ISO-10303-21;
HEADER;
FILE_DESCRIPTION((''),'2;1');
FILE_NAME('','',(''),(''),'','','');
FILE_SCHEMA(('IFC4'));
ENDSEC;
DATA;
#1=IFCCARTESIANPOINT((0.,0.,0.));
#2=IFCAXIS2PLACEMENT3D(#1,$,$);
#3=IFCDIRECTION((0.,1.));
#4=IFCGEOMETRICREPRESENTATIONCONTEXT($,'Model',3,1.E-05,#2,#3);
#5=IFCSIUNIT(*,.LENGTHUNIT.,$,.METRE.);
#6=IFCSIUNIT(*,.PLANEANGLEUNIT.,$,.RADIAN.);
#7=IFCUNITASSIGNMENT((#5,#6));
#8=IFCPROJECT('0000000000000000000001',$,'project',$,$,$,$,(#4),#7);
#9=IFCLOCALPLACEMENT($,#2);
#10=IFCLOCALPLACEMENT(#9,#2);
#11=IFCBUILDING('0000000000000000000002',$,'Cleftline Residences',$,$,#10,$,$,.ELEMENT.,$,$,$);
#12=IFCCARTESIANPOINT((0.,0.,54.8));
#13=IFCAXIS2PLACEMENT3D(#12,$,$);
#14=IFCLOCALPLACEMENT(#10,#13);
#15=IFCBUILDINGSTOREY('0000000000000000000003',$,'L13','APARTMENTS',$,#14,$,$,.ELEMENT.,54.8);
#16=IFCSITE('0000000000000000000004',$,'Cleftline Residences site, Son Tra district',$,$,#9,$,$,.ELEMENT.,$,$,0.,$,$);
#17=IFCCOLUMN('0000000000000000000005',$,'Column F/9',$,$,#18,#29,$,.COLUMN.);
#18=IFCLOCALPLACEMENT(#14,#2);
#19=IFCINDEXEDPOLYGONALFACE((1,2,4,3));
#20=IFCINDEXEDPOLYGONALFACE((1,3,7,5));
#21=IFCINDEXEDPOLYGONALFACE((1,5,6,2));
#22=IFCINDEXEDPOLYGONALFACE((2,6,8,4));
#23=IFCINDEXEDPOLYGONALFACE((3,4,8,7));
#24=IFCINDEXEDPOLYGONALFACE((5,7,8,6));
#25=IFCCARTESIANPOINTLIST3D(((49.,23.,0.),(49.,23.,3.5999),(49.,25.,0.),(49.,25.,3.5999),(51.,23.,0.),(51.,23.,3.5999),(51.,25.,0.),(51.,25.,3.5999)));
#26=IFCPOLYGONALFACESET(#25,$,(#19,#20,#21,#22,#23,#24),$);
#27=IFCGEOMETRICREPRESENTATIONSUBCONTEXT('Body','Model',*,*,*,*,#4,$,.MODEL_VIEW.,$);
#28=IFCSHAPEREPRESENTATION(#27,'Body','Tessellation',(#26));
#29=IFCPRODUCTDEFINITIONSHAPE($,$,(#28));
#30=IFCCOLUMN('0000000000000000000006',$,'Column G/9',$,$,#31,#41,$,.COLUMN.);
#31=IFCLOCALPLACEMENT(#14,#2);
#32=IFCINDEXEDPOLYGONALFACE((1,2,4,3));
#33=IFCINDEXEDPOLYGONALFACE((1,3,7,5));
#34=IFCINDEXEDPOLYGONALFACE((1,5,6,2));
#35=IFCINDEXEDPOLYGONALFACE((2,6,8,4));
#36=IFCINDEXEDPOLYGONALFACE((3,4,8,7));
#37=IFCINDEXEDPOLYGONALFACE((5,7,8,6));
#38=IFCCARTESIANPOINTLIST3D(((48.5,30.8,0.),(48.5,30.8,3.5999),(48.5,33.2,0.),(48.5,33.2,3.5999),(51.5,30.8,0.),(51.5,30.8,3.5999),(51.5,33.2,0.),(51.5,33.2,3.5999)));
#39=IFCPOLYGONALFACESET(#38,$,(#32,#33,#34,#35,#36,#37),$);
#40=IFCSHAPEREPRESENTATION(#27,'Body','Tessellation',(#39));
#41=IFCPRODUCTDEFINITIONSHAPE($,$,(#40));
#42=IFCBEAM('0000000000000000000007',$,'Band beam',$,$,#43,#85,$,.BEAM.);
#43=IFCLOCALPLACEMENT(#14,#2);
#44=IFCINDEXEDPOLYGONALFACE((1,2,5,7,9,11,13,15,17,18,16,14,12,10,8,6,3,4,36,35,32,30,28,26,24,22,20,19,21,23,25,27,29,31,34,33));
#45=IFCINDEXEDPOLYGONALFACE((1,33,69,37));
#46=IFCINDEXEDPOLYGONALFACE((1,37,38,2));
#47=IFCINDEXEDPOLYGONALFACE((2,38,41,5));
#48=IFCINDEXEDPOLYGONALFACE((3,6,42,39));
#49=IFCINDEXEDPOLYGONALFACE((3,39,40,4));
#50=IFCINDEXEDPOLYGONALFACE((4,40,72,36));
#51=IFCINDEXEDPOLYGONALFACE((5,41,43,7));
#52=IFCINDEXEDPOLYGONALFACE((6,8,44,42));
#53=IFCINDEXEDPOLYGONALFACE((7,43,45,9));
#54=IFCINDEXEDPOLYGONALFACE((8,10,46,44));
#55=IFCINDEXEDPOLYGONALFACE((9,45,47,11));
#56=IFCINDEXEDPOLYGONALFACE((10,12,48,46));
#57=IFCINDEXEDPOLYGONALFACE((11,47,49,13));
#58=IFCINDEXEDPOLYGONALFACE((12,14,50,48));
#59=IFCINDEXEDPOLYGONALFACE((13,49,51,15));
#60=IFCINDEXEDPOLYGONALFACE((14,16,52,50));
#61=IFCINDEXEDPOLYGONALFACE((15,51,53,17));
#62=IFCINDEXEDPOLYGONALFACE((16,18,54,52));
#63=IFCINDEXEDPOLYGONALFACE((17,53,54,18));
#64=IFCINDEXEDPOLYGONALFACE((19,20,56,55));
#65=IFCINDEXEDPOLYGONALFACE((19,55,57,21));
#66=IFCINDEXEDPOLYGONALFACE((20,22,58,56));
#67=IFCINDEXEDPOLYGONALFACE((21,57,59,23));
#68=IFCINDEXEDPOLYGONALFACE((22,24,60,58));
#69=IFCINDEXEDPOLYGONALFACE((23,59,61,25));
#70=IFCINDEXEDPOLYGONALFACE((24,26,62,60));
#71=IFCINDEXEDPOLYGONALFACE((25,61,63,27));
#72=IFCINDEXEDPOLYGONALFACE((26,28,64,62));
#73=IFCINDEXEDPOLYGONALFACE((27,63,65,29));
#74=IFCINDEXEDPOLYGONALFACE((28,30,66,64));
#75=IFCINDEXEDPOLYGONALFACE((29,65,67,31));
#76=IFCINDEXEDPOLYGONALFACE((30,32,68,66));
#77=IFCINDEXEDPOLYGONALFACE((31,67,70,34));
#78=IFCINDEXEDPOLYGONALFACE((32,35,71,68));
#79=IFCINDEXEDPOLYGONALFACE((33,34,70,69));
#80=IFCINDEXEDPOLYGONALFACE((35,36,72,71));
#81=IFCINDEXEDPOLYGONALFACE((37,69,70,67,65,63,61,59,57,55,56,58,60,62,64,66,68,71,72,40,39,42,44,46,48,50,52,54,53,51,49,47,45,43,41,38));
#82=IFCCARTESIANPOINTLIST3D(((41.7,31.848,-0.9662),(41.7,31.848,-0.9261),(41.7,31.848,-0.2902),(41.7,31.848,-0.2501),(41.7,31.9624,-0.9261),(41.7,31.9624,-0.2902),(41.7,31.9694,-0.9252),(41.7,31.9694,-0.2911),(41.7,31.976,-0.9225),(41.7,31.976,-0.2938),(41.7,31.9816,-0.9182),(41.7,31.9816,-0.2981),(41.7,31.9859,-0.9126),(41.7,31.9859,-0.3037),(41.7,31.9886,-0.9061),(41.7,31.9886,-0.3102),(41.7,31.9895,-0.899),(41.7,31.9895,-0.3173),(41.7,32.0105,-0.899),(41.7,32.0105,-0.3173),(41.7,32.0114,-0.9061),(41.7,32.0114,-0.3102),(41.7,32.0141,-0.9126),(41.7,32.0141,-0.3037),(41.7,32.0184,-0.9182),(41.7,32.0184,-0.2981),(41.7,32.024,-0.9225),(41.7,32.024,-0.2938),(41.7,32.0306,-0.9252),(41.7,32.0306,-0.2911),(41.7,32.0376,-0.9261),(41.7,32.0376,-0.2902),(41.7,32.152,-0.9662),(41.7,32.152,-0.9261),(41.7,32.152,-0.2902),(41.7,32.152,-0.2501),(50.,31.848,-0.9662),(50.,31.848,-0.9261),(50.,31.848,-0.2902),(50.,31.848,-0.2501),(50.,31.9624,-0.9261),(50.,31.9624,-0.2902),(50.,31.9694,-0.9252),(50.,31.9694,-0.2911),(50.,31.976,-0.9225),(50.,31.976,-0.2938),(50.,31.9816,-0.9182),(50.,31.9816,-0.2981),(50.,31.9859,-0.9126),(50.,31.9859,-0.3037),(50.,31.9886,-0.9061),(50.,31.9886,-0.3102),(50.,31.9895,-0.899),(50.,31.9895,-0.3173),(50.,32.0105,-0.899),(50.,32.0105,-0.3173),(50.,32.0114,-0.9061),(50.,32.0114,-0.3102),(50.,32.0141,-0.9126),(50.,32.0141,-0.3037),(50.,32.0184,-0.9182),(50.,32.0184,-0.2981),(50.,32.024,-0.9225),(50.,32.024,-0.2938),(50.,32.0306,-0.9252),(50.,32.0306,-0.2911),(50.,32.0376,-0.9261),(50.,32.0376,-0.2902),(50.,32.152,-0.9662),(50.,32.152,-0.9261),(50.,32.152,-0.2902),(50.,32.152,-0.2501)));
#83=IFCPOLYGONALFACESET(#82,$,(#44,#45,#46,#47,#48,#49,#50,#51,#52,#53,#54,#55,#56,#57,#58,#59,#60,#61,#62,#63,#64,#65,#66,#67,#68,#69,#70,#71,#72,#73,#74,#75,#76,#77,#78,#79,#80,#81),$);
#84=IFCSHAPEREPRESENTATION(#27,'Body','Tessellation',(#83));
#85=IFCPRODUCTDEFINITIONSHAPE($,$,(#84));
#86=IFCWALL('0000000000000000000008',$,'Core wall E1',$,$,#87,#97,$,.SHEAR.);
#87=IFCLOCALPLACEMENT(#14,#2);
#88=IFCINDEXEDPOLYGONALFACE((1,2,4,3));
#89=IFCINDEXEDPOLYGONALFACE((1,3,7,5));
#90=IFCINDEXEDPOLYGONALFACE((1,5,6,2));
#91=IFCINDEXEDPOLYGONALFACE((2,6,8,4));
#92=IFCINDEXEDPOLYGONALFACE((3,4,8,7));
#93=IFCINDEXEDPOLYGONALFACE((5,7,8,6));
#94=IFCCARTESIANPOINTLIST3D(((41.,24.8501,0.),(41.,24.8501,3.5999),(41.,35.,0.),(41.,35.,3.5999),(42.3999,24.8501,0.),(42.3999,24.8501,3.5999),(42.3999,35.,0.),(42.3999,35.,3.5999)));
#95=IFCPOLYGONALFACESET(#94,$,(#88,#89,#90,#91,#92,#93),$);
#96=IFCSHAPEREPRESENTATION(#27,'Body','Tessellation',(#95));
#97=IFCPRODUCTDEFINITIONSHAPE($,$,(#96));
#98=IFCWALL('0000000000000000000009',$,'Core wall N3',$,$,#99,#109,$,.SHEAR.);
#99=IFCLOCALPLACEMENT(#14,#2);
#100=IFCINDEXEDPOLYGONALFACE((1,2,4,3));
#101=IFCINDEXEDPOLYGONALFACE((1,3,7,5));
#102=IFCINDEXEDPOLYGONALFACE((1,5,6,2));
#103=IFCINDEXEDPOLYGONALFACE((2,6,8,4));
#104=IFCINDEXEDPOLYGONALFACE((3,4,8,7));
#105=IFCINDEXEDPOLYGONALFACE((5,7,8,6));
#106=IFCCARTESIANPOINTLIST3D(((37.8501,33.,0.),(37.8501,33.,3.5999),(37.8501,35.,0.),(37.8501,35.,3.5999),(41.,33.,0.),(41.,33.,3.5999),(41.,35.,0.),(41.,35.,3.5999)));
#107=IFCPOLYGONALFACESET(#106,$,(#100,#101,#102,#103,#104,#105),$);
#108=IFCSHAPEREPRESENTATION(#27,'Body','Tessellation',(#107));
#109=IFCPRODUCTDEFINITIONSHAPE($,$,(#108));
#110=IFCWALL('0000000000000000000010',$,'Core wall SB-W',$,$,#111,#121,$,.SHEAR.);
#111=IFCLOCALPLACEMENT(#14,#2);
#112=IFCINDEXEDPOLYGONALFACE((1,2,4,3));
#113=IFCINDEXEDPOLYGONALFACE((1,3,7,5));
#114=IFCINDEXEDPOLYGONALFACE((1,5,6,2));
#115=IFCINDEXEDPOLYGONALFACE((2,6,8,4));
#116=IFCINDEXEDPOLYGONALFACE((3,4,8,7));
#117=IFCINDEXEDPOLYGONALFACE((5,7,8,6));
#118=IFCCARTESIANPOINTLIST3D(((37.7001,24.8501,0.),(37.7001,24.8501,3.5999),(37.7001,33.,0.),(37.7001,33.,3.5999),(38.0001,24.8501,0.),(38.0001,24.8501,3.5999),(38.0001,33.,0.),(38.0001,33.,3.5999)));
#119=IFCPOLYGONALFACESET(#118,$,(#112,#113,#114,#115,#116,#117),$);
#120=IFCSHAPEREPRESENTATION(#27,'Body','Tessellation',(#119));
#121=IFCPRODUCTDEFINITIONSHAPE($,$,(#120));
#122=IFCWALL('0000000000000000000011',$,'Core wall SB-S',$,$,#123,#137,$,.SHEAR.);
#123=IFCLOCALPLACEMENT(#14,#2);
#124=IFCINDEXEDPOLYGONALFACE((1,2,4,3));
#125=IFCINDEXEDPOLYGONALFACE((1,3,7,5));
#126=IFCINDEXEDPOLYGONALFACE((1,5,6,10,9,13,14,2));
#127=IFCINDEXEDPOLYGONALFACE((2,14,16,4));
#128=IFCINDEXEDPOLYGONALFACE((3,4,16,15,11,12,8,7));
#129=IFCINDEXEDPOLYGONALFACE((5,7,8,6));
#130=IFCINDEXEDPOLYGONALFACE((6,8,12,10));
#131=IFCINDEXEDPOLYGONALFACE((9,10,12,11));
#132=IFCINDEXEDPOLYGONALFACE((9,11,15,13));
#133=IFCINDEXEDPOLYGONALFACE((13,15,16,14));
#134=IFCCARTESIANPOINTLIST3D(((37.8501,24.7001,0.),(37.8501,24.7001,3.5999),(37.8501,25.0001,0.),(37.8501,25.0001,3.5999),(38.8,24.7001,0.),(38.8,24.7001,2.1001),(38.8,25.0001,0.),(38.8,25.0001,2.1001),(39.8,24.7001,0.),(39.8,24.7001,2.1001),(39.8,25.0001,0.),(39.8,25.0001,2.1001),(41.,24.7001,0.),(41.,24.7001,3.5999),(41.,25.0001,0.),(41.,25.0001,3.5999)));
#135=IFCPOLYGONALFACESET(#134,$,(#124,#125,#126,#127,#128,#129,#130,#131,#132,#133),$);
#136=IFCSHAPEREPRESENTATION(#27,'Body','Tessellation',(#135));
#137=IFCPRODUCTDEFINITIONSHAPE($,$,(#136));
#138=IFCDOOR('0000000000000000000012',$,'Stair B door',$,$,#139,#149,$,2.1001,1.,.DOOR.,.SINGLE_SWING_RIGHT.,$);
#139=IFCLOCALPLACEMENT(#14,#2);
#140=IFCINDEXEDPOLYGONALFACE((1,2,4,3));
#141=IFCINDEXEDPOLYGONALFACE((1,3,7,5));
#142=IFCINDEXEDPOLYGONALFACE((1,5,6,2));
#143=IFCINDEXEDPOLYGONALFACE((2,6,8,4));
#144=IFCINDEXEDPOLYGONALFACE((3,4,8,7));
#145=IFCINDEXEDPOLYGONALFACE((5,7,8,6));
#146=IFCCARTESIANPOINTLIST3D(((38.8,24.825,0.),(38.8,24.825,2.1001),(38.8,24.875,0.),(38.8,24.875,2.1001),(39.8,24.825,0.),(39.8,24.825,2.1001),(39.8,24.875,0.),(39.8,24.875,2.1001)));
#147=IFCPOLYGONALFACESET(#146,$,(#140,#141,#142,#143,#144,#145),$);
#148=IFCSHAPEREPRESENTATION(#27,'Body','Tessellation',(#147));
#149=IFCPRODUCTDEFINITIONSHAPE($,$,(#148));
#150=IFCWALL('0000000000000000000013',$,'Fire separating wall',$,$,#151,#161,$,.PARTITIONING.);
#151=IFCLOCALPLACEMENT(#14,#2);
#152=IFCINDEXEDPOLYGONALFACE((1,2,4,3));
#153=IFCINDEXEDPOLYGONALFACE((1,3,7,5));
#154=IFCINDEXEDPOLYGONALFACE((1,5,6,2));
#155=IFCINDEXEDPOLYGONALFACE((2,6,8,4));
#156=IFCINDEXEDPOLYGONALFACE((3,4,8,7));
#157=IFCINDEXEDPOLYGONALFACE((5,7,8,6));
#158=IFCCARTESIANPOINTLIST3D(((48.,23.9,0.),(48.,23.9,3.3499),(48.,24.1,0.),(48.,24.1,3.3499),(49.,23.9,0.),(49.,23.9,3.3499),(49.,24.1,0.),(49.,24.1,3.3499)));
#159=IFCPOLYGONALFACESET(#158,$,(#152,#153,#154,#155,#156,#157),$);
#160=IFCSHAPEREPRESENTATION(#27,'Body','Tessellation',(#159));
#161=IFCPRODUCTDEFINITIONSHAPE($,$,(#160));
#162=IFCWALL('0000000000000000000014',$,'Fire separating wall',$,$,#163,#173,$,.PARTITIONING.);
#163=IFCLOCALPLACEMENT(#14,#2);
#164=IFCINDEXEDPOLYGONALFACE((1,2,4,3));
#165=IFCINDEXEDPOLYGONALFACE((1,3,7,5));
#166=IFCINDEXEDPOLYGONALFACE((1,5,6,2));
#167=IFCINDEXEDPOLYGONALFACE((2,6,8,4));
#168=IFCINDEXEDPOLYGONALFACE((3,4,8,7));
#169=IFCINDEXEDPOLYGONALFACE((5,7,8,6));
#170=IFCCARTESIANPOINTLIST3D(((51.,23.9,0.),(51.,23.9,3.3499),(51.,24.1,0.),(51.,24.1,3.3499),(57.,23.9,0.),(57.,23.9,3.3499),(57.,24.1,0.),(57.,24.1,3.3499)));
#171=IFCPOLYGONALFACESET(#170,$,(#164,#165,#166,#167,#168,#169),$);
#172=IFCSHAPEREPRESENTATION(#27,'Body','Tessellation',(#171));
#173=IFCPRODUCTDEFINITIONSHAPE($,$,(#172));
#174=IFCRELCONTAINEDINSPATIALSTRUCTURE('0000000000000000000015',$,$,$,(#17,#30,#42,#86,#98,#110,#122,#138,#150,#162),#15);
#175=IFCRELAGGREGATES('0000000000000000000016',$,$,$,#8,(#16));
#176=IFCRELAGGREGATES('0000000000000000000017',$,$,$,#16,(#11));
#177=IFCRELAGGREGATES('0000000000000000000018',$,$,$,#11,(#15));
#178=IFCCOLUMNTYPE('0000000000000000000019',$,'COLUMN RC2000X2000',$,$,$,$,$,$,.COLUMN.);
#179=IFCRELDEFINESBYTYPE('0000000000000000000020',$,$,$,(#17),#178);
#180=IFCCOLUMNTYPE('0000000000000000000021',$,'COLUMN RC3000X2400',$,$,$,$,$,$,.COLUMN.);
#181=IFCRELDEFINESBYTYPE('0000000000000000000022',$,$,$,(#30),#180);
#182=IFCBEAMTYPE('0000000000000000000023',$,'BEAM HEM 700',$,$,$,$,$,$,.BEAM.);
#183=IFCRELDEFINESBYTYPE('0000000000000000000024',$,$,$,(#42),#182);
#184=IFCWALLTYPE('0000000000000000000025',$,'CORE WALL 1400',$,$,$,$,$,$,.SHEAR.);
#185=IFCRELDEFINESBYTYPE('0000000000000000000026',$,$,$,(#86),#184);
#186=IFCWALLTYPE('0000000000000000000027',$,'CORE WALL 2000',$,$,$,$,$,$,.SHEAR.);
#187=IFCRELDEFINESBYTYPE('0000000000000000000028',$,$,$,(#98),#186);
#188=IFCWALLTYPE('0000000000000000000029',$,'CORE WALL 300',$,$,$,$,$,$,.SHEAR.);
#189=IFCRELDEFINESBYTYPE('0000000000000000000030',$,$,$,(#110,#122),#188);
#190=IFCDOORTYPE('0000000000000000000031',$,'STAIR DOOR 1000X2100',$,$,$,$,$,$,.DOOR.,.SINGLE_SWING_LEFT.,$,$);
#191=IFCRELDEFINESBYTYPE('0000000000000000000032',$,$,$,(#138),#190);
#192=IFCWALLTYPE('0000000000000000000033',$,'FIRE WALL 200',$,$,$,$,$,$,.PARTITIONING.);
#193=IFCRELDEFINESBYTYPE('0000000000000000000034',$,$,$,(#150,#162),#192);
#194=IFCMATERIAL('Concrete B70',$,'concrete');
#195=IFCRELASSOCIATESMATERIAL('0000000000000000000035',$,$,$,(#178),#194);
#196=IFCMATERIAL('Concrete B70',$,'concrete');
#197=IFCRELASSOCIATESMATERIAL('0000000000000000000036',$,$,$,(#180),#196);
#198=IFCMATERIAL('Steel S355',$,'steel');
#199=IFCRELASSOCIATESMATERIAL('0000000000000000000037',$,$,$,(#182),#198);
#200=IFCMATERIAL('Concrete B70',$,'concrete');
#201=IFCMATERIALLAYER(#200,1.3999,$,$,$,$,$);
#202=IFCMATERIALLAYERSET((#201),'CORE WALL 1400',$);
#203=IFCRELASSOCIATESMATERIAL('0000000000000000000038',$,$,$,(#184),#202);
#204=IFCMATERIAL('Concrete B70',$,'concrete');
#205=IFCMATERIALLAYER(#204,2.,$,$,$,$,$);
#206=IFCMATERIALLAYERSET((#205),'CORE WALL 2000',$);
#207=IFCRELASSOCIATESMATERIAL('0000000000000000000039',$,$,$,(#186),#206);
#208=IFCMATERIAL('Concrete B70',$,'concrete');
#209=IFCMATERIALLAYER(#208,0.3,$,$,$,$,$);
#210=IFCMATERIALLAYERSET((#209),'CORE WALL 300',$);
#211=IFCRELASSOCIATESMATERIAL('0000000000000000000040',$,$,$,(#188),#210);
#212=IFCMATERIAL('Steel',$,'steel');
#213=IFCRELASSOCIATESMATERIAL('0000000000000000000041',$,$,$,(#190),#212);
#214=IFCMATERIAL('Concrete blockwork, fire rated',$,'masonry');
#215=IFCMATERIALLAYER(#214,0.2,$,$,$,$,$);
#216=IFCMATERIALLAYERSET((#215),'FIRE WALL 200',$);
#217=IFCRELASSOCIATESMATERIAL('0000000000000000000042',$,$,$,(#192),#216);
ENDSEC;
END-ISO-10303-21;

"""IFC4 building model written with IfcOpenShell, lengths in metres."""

from ifc_helpers import new_model, si_unit, direction, frame, frame_2d, origin, origin_2d, place, context, subcontext, project, spatial, rectangle, i_section, extrude, material, layer, layer_set, material_profile, profile_set, type_object, element, fill, save


model = new_model("IFC4")

# Units and contexts
model_context = context("Model", 3, precision=1e-05, world=origin(), true_north=direction((0.0, 1.0)))
body_context = subcontext(model_context, "Body", "Model", "MODEL_VIEW")
ifc_project = project(units=[si_unit("LENGTHUNIT", "METRE"), si_unit("PLANEANGLEUNIT", "RADIAN")], contexts=[model_context])

# Site, building, storey
site_placement = place(None, origin())
site = spatial("IfcSite", under=ifc_project, at=site_placement, Name="Cleftline Residences site, Son Tra district", CompositionType="ELEMENT", RefElevation=0.0)
building_placement = place(site_placement, origin())
building = spatial("IfcBuilding", under=site, at=building_placement, Name="Cleftline Residences", CompositionType="ELEMENT")
storey_placement = place(building_placement, frame((0.0, 0.0, 54.8)))
storey = spatial("IfcBuildingStorey", under=building, at=storey_placement, Name="L13", Description="APARTMENTS", CompositionType="ELEMENT", Elevation=54.8)

# Columns
ifc_material_1 = material(Name="Concrete B70", Category="concrete")
ifc_material_profile_1 = material_profile(ifc_material_1, rectangle(XDim=2.0, YDim=2.0, at=origin_2d()))
ifc_profile_set_1 = profile_set([ifc_material_profile_1], Name="Concrete B70")
column_type_1 = type_object("IfcColumnType", Name="COLUMN RC2000X2000", PredefinedType="COLUMN", material=ifc_profile_set_1)
column_1_placement = place(storey_placement, frame((50.0, 24.0, 0.0), z_axis=(0.0, 0.0, 1.0), x_axis=(1.0, 0.0, 0.0)))
element("IfcColumn", 1, at=column_1_placement, inside=storey, type_object=column_type_1, Name="Column F/9", PredefinedType="COLUMN", context=body_context, shape_type="SweptSolid", body=[
    extrude(rectangle(XDim=2.0, YDim=2.0, at=origin_2d()), origin(), (0.0, 0.0, 1.0), 3.5999),
])
ifc_material_2 = material(Name="Concrete B70", Category="concrete")
ifc_material_profile_2 = material_profile(ifc_material_2, rectangle(XDim=3.0, YDim=2.3999, at=origin_2d()))
ifc_profile_set_2 = profile_set([ifc_material_profile_2], Name="Concrete B70")
column_type_2 = type_object("IfcColumnType", Name="COLUMN RC3000X2400", PredefinedType="COLUMN", material=ifc_profile_set_2)
column_2_placement = place(storey_placement, frame((50.0, 32.0, 0.0), z_axis=(0.0, 0.0, 1.0), x_axis=(1.0, 0.0, 0.0)))
element("IfcColumn", 2, at=column_2_placement, inside=storey, type_object=column_type_2, Name="Column G/9", PredefinedType="COLUMN", context=body_context, shape_type="SweptSolid", body=[
    extrude(rectangle(XDim=3.0, YDim=2.3999, at=origin_2d()), origin(), (0.0, 0.0, 1.0), 3.5999),
])

# Beam
ifc_material_3 = material(Name="Steel S355", Category="steel")
ifc_material_profile_3 = material_profile(ifc_material_3, i_section(OverallWidth=0.304, OverallDepth=0.7161, WebThickness=0.021, FlangeThickness=0.04, FilletRadius=0.0271, at=origin_2d()))
ifc_profile_set_3 = profile_set([ifc_material_profile_3], Name="Steel S355")
beam_type = type_object("IfcBeamType", Name="BEAM HEM 700", PredefinedType="BEAM", material=ifc_profile_set_3)
beam_placement = place(storey_placement, frame((50.0, 32.0, -0.6082), z_axis=(-1.0, 0.0, 0.0), x_axis=(0.0, -1.0, 0.0)))
element("IfcBeam", 3, at=beam_placement, inside=storey, type_object=beam_type, Name="Band beam", PredefinedType="BEAM", context=body_context, shape_type="SweptSolid", body=[
    extrude(i_section(OverallWidth=0.304, OverallDepth=0.7161, WebThickness=0.021, FlangeThickness=0.04, FilletRadius=0.0271, at=origin_2d()), origin(), (0.0, 0.0, 1.0), 8.3),
])

# Walls
ifc_material_4 = material(Name="Concrete B70", Category="concrete")
ifc_layer_1 = layer(ifc_material_4, 1.3999)
ifc_layer_set_1 = layer_set([ifc_layer_1], Name="CORE WALL 1400")
wall_type_1 = type_object("IfcWallType", Name="CORE WALL 1400", PredefinedType="SHEAR", material=ifc_layer_set_1)
wall_1_placement = place(storey_placement, frame((41.7, 24.8501, 0.0), z_axis=(0.0, 0.0, 1.0), x_axis=(0.0, 1.0, 0.0)))
element("IfcWall", 4, at=wall_1_placement, inside=storey, type_object=wall_type_1, Name="Core wall E1", PredefinedType="SHEAR", context=body_context, shape_type="SweptSolid", body=[
    extrude(rectangle(XDim=10.1499, YDim=1.3999, at=frame_2d((5.075, 0.0))), origin(), (0.0, 0.0, 1.0), 3.5999),
])
ifc_material_5 = material(Name="Concrete B70", Category="concrete")
ifc_layer_2 = layer(ifc_material_5, 2.0)
ifc_layer_set_2 = layer_set([ifc_layer_2], Name="CORE WALL 2000")
wall_type_2 = type_object("IfcWallType", Name="CORE WALL 2000", PredefinedType="SHEAR", material=ifc_layer_set_2)
wall_2_placement = place(storey_placement, frame((37.8501, 34.0, 0.0), z_axis=(0.0, 0.0, 1.0), x_axis=(1.0, 0.0, 0.0)))
element("IfcWall", 5, at=wall_2_placement, inside=storey, type_object=wall_type_2, Name="Core wall N3", PredefinedType="SHEAR", context=body_context, shape_type="SweptSolid", body=[
    extrude(rectangle(XDim=3.1499, YDim=2.0, at=frame_2d((1.575, 0.0))), origin(), (0.0, 0.0, 1.0), 3.5999),
])
ifc_material_6 = material(Name="Concrete B70", Category="concrete")
ifc_layer_3 = layer(ifc_material_6, 0.3)
ifc_layer_set_3 = layer_set([ifc_layer_3], Name="CORE WALL 300")
wall_type_3 = type_object("IfcWallType", Name="CORE WALL 300", PredefinedType="SHEAR", material=ifc_layer_set_3)
wall_3_placement = place(storey_placement, frame((37.8501, 24.8501, 0.0), z_axis=(0.0, 0.0, 1.0), x_axis=(0.0, 1.0, 0.0)))
element("IfcWall", 6, at=wall_3_placement, inside=storey, type_object=wall_type_3, Name="Core wall SB-W", PredefinedType="SHEAR", context=body_context, shape_type="SweptSolid", body=[
    extrude(rectangle(XDim=8.1499, YDim=0.3, at=frame_2d((4.075, 0.0))), origin(), (0.0, 0.0, 1.0), 3.5999),
])

# Wall, opening, door
wall_4_placement = place(storey_placement, frame((37.8501, 24.8501, 0.0), z_axis=(0.0, 0.0, 1.0), x_axis=(1.0, 0.0, 0.0)))
wall_4 = element("IfcWall", 7, at=wall_4_placement, inside=storey, type_object=wall_type_3, Name="Core wall SB-S", PredefinedType="SHEAR", context=body_context, shape_type="SweptSolid", body=[
    extrude(rectangle(XDim=3.1499, YDim=0.3, at=frame_2d((1.575, 0.0))), origin(), (0.0, 0.0, 1.0), 3.5999),
])
opening_1_placement = place(wall_4_placement, frame((0.95, 0.0, 0.0)))
opening_1 = element("IfcOpeningElement", 8, at=opening_1_placement, cuts=wall_4, PredefinedType="OPENING", context=body_context, shape_type="SweptSolid", body=[
    extrude(rectangle(XDim=1.0, YDim=2.1001, at=frame_2d((0.5, 1.05))), frame((0.0, 0.1599, 0.0), z_axis=(0.0, -1.0, 0.0), x_axis=(1.0, 0.0, 0.0)), (0.0, 0.0, 1.0), 0.3201),
])
ifc_material_7 = material(Name="Steel", Category="steel")
door_type_1 = type_object("IfcDoorType", Name="STAIR DOOR 1000X2100", OperationType="SINGLE_SWING_LEFT", PredefinedType="DOOR", material=ifc_material_7)
door_1_placement = place(opening_1_placement, origin())
door_1 = element("IfcDoor", 9, at=door_1_placement, inside=storey, type_object=door_type_1, Name="Stair B door", OperationType="SINGLE_SWING_RIGHT", OverallHeight=2.1001, OverallWidth=1.0, PredefinedType="DOOR", context=body_context, shape_type="SweptSolid", body=[
    extrude(rectangle(XDim=1.0, YDim=2.1001, at=frame_2d((0.5, 1.05))), frame((0.0, 0.0249, 0.0), z_axis=(0.0, -1.0, 0.0), x_axis=(1.0, 0.0, 0.0)), (0.0, 0.0, 1.0), 0.05),
])
fill(opening_1, door_1)

# Walls
ifc_material_8 = material(Name="Concrete blockwork, fire rated", Category="masonry")
ifc_layer_4 = layer(ifc_material_8, 0.2)
ifc_layer_set_4 = layer_set([ifc_layer_4], Name="FIRE WALL 200")
wall_type_4 = type_object("IfcWallType", Name="FIRE WALL 200", PredefinedType="PARTITIONING", material=ifc_layer_set_4)
wall_5_placement = place(storey_placement, frame((48.0, 24.0, 0.0), z_axis=(0.0, 0.0, 1.0), x_axis=(1.0, 0.0, 0.0)))
element("IfcWall", 10, at=wall_5_placement, inside=storey, type_object=wall_type_4, Name="Fire separating wall", PredefinedType="PARTITIONING", context=body_context, shape_type="SweptSolid", body=[
    extrude(rectangle(XDim=1.0, YDim=0.2, at=frame_2d((0.5, 0.0))), origin(), (0.0, 0.0, 1.0), 3.3499),
])
wall_6_placement = place(storey_placement, frame((51.0, 24.0, 0.0), z_axis=(0.0, 0.0, 1.0), x_axis=(1.0, 0.0, 0.0)))
element("IfcWall", 11, at=wall_6_placement, inside=storey, type_object=wall_type_4, Name="Fire separating wall", PredefinedType="PARTITIONING", context=body_context, shape_type="SweptSolid", body=[
    extrude(rectangle(XDim=6.0, YDim=0.2, at=frame_2d((3.0, 0.0))), origin(), (0.0, 0.0, 1.0), 3.3499),
])

save(model, "model.ifc")
